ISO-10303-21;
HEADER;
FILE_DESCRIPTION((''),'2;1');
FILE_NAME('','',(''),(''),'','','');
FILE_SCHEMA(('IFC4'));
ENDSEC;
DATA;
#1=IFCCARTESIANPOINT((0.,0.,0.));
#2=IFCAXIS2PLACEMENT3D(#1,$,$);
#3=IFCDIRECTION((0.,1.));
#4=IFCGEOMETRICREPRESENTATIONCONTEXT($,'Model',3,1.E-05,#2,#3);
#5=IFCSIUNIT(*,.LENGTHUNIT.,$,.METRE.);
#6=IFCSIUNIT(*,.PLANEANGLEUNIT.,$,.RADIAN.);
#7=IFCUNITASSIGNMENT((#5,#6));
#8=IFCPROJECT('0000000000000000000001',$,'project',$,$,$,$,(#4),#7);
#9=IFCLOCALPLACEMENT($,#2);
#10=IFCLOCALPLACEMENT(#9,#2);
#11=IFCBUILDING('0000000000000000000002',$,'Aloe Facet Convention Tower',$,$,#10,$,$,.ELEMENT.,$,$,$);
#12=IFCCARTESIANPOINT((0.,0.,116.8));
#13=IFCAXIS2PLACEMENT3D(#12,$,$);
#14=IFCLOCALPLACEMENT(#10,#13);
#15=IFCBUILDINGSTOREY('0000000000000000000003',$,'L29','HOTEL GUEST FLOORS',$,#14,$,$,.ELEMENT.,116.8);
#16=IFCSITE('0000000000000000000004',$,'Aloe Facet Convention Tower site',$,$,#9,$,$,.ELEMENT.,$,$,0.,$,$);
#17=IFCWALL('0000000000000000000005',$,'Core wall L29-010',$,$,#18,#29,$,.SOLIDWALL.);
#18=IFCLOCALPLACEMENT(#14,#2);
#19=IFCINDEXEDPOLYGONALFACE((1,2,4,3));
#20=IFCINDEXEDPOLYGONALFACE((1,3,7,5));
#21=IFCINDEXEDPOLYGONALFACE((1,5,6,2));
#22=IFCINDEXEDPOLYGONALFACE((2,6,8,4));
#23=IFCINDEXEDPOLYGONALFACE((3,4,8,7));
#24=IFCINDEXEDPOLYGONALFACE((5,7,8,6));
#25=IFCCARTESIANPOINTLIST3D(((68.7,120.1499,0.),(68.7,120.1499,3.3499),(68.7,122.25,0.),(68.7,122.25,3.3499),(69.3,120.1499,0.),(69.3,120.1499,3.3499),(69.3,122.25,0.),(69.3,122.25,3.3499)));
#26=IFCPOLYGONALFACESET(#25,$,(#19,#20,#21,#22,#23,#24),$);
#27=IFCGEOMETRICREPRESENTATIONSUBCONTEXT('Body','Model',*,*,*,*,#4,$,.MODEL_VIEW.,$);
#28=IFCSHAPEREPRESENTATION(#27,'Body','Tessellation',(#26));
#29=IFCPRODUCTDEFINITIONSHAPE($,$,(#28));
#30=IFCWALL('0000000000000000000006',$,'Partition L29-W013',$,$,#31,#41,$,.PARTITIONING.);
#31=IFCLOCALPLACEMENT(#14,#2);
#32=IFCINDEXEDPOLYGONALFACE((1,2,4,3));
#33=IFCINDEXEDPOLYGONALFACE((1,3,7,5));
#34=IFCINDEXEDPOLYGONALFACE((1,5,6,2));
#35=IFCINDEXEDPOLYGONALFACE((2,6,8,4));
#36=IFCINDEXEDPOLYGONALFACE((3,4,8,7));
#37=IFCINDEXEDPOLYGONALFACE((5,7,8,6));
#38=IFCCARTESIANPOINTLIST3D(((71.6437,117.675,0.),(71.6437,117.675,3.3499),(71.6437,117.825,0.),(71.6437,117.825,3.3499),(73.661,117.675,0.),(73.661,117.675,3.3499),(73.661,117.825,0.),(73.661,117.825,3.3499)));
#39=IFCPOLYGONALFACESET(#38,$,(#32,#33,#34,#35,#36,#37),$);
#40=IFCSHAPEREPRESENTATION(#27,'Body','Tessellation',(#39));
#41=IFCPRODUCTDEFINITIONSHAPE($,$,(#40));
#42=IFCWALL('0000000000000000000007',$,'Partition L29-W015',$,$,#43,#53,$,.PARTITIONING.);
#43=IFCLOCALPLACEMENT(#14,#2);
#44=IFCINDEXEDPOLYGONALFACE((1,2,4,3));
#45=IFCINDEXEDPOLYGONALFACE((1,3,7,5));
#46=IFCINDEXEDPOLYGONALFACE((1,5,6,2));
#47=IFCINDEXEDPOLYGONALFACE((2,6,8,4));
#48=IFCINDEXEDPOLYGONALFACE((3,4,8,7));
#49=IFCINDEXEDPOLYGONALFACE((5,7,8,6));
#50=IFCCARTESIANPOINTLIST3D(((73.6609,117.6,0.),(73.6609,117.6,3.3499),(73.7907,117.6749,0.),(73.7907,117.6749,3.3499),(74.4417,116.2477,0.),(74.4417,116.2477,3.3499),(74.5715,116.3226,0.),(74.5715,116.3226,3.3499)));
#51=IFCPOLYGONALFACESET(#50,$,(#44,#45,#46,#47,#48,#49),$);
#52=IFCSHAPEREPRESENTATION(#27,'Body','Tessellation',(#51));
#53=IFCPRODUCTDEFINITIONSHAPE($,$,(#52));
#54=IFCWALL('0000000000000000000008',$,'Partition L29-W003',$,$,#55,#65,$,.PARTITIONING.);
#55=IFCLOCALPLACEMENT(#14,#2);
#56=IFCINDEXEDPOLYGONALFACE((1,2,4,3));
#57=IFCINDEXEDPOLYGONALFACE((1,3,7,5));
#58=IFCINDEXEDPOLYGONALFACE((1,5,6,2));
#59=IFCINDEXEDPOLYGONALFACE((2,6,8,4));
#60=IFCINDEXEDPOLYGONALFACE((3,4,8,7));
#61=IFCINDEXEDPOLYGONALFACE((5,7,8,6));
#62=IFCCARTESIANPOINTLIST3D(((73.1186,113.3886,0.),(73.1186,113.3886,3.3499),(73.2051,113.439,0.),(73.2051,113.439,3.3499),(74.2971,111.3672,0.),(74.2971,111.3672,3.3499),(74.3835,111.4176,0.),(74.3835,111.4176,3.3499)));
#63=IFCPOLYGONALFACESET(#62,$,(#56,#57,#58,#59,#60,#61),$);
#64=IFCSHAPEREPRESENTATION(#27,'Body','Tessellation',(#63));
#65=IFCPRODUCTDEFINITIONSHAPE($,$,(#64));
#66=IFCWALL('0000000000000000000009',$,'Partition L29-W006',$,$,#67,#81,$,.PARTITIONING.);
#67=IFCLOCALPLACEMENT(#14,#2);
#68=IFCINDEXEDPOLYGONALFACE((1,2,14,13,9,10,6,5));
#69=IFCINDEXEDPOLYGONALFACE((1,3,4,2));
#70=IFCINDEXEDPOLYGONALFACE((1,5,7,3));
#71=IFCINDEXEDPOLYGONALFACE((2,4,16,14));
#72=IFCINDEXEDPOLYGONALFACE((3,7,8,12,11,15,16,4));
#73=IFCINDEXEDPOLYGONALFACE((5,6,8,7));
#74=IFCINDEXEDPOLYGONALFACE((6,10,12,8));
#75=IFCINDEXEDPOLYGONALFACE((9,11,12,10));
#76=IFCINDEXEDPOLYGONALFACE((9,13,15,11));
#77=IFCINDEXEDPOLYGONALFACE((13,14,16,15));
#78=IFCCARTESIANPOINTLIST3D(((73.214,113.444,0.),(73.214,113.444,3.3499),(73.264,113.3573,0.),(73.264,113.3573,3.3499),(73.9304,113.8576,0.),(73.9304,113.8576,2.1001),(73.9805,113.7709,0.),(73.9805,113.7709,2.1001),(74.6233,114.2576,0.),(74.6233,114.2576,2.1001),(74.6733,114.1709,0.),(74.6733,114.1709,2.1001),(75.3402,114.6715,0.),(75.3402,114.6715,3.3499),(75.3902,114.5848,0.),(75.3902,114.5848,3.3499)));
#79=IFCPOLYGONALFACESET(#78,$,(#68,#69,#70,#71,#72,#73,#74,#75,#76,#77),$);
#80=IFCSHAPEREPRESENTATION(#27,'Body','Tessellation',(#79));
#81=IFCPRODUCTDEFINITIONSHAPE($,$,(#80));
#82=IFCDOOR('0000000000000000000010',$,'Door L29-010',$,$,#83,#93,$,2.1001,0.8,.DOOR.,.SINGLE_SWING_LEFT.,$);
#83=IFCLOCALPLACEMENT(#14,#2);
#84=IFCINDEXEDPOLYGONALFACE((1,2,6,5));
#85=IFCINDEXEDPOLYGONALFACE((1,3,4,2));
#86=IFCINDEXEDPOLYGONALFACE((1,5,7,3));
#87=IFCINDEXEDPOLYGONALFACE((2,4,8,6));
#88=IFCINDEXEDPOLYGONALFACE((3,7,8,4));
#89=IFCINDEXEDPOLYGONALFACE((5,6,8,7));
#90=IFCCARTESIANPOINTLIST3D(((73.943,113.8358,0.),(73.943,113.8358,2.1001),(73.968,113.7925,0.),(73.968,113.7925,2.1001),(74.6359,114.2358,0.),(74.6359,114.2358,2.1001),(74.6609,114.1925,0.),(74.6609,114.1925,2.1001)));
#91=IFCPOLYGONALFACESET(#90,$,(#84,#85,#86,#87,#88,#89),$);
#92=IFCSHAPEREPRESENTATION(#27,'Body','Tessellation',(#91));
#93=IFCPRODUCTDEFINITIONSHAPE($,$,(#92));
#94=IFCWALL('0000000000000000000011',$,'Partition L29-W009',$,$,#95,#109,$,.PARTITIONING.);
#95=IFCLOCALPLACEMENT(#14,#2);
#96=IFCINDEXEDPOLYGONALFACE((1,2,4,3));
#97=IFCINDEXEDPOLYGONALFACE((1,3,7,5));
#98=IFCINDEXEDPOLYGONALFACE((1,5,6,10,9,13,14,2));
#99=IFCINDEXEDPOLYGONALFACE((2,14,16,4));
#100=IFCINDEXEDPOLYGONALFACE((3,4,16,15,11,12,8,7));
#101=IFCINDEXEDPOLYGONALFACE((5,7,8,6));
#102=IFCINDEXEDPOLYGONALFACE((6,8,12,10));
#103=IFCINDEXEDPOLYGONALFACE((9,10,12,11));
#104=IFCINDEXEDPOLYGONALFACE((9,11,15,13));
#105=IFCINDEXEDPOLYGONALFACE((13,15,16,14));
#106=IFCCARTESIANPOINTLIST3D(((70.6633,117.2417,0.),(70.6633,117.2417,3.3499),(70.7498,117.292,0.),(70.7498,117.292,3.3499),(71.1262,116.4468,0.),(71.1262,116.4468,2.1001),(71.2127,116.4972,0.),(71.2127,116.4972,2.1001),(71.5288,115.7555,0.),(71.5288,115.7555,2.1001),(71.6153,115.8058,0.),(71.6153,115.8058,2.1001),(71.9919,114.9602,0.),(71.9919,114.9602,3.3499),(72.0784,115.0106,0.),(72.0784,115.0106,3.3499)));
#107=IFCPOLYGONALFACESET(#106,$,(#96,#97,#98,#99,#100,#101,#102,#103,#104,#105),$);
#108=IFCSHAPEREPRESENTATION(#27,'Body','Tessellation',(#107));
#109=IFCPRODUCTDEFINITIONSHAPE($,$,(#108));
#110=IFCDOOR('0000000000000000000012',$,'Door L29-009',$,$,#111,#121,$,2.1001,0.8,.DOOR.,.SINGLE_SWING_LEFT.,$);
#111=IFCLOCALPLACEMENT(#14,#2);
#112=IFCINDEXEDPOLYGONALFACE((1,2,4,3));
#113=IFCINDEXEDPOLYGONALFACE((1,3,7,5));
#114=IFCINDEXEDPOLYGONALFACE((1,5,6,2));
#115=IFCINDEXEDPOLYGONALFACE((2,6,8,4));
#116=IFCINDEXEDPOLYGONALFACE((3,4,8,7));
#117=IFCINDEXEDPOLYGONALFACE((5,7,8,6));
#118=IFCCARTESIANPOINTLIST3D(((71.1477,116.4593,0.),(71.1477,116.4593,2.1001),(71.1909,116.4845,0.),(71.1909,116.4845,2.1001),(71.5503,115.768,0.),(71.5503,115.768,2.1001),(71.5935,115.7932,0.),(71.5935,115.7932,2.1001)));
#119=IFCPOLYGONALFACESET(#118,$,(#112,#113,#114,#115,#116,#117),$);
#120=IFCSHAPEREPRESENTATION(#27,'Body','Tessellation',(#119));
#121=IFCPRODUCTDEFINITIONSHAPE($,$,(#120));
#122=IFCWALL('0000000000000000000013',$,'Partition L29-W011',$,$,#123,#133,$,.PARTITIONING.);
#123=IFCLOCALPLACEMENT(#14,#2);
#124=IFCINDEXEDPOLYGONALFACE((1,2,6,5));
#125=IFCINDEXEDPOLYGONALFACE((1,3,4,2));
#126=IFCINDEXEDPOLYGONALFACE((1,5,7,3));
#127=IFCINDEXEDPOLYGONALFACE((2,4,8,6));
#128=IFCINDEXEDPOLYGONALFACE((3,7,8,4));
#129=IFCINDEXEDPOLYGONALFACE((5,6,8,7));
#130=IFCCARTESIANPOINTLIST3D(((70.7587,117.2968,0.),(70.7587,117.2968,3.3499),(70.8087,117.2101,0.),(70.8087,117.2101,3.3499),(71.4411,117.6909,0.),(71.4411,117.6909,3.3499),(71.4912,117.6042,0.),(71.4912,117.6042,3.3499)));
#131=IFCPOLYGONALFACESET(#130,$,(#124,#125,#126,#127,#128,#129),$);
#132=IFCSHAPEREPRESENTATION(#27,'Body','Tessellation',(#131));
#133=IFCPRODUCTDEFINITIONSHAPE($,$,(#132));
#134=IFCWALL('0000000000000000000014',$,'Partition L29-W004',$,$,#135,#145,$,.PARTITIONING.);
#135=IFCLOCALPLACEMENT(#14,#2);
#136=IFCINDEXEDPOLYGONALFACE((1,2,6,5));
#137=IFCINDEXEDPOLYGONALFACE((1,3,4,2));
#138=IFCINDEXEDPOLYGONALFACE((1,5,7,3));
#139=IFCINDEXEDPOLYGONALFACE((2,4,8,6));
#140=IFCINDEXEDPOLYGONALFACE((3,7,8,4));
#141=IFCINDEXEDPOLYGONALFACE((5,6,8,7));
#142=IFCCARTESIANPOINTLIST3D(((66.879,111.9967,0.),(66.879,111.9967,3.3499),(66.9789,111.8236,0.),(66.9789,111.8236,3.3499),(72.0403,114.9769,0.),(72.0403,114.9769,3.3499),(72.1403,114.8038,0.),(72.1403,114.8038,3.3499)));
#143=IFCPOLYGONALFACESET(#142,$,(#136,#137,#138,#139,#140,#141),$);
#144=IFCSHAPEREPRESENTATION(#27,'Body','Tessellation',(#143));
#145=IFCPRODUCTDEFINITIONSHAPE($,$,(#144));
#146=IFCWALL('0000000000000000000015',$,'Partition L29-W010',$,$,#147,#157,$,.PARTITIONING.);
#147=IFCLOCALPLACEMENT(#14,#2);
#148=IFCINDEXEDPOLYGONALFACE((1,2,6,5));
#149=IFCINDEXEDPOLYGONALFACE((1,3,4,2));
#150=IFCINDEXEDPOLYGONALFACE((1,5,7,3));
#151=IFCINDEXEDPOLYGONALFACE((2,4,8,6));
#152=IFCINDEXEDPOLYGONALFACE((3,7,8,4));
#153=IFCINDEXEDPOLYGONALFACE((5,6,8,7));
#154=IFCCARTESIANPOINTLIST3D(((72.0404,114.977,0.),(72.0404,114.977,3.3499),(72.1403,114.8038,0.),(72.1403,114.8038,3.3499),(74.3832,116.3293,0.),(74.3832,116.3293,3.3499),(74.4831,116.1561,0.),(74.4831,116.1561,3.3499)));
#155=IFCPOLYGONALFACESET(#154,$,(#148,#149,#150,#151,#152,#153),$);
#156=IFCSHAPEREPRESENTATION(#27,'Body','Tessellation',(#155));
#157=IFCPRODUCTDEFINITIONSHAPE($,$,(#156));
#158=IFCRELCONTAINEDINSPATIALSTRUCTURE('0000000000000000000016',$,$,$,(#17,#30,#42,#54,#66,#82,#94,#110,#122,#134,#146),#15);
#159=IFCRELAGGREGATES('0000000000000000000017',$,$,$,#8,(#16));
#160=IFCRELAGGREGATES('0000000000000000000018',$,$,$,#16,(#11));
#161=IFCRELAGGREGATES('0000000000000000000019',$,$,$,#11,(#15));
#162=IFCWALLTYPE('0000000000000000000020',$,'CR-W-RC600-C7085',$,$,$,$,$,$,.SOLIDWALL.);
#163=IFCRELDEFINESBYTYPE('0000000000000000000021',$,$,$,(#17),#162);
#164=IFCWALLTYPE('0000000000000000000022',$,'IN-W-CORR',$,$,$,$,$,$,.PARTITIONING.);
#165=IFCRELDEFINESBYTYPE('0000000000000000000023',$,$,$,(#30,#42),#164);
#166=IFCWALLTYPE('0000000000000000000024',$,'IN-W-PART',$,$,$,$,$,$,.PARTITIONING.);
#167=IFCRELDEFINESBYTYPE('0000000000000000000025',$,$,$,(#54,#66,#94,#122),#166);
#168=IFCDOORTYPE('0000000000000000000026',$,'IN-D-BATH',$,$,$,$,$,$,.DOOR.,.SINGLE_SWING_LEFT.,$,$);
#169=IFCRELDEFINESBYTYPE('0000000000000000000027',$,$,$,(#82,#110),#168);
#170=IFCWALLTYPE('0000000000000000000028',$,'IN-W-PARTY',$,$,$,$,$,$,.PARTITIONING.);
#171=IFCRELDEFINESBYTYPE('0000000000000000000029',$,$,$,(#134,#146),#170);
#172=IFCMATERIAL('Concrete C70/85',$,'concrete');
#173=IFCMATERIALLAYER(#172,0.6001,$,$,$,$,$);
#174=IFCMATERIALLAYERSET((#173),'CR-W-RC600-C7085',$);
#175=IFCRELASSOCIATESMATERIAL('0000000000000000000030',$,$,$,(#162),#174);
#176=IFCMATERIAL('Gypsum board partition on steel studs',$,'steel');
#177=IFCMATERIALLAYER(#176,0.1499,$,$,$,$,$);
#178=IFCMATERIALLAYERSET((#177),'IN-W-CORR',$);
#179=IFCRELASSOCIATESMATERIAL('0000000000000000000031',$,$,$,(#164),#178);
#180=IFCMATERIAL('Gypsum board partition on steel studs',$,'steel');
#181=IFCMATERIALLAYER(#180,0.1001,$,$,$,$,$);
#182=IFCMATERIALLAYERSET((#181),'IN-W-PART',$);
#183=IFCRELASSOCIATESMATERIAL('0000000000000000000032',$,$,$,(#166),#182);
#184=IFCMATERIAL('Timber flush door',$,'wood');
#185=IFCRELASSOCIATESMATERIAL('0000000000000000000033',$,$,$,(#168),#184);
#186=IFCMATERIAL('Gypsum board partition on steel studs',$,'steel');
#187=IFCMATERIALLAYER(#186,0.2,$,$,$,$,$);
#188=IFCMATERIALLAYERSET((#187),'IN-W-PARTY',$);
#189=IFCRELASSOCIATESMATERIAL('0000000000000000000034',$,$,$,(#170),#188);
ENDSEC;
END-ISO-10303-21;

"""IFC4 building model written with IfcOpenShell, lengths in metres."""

from ifc_helpers import new_model, si_unit, direction, frame, frame_2d, origin, place, context, subcontext, project, spatial, rectangle, extrude, material, layer, layer_set, type_object, element, fill, save


model = new_model("IFC4")

# Units and contexts
model_context = context("Model", 3, precision=1e-05, world=origin(), true_north=direction((0.0, 1.0)))
body_context = subcontext(model_context, "Body", "Model", "MODEL_VIEW")
ifc_project = project(units=[si_unit("LENGTHUNIT", "METRE"), si_unit("PLANEANGLEUNIT", "RADIAN")], contexts=[model_context])

# Site, building, storey
site_placement = place(None, origin())
site = spatial("IfcSite", under=ifc_project, at=site_placement, Name="Aloe Facet Convention Tower site", CompositionType="ELEMENT", RefElevation=0.0)
building_placement = place(site_placement, origin())
building = spatial("IfcBuilding", under=site, at=building_placement, Name="Aloe Facet Convention Tower", CompositionType="ELEMENT")
storey_placement = place(building_placement, frame((0.0, 0.0, 116.8)))
storey = spatial("IfcBuildingStorey", under=building, at=storey_placement, Name="L29", Description="HOTEL GUEST FLOORS", CompositionType="ELEMENT", Elevation=116.8)

# Walls
ifc_material_1 = material(Name="Concrete C70/85", Category="concrete")
ifc_layer_1 = layer(ifc_material_1, 0.6001)
ifc_layer_set_1 = layer_set([ifc_layer_1], Name="CR-W-RC600-C7085")
wall_type_1 = type_object("IfcWallType", Name="CR-W-RC600-C7085", PredefinedType="SOLIDWALL", material=ifc_layer_set_1)
wall_1_placement = place(storey_placement, frame((69.0, 122.25, 0.0), z_axis=(0.0, 0.0, 1.0), x_axis=(0.0, -1.0, 0.0)))
element("IfcWall", 1, at=wall_1_placement, inside=storey, type_object=wall_type_1, Name="Core wall L29-010", PredefinedType="SOLIDWALL", context=body_context, shape_type="SweptSolid", body=[
    extrude(rectangle(XDim=2.1001, YDim=0.6001, at=frame_2d((1.05, 0.0))), origin(), (0.0, 0.0, 1.0), 3.3499),
])
ifc_material_2 = material(Name="Gypsum board partition on steel studs", Category="steel")
ifc_layer_2 = layer(ifc_material_2, 0.1499)
ifc_layer_set_2 = layer_set([ifc_layer_2], Name="IN-W-CORR")
wall_type_2 = type_object("IfcWallType", Name="IN-W-CORR", PredefinedType="PARTITIONING", material=ifc_layer_set_2)
wall_2_placement = place(storey_placement, frame((71.6436, 117.75, 0.0), z_axis=(0.0, 0.0, 1.0), x_axis=(1.0, 0.0, 0.0)))
element("IfcWall", 2, at=wall_2_placement, inside=storey, type_object=wall_type_2, Name="Partition L29-W013", PredefinedType="PARTITIONING", context=body_context, shape_type="SweptSolid", body=[
    extrude(rectangle(XDim=2.0173, YDim=0.1499, at=frame_2d((1.0088, 0.0))), origin(), (0.0, 0.0, 1.0), 3.3499),
])
wall_3_placement = place(storey_placement, frame((73.7258, 117.6375, 0.0), z_axis=(0.0, 0.0, 1.0), x_axis=(0.500007, -0.866022, 0.0)))
element("IfcWall", 3, at=wall_3_placement, inside=storey, type_object=wall_type_2, Name="Partition L29-W015", PredefinedType="PARTITIONING", context=body_context, shape_type="SweptSolid", body=[
    extrude(rectangle(XDim=1.5615, YDim=0.1499, at=frame_2d((0.7808, 0.0))), origin(), (0.0, 0.0, 1.0), 3.3499),
])
ifc_material_3 = material(Name="Gypsum board partition on steel studs", Category="steel")
ifc_layer_3 = layer(ifc_material_3, 0.1001)
ifc_layer_set_3 = layer_set([ifc_layer_3], Name="IN-W-PART")
wall_type_3 = type_object("IfcWallType", Name="IN-W-PART", PredefinedType="PARTITIONING", material=ifc_layer_set_3)
wall_4_placement = place(storey_placement, frame((73.1619, 113.4138, 0.0), z_axis=(0.0, 0.0, 1.0), x_axis=(0.503637, -0.863915, 0.0)))
element("IfcWall", 4, at=wall_4_placement, inside=storey, type_object=wall_type_3, Name="Partition L29-W003", PredefinedType="PARTITIONING", context=body_context, shape_type="SweptSolid", body=[
    extrude(rectangle(XDim=2.3398, YDim=0.1001, at=frame_2d((1.1699, 0.0))), origin(), (0.0, 0.0, 1.0), 3.3499),
])

# Walls, openings, doors
wall_5_placement = place(storey_placement, frame((73.239, 113.4006, 0.0), z_axis=(0.0, 0.0, 1.0), x_axis=(0.866032, 0.499989, 0.0)))
wall_5 = element("IfcWall", 5, at=wall_5_placement, inside=storey, type_object=wall_type_3, Name="Partition L29-W006", PredefinedType="PARTITIONING", context=body_context, shape_type="SweptSolid", body=[
    extrude(rectangle(XDim=2.4551, YDim=0.1001, at=frame_2d((1.2275, 0.0))), origin(), (0.0, 0.0, 1.0), 3.3499),
])
opening_1_placement = place(wall_5_placement, frame((0.8274, 0.0, 0.0)))
opening_1 = element("IfcOpeningElement", 6, at=opening_1_placement, cuts=wall_5, PredefinedType="OPENING", context=body_context, shape_type="SweptSolid", body=[
    extrude(rectangle(XDim=0.8, YDim=2.1001, at=frame_2d((0.3999, 1.05))), frame((0.0, 0.0601, 0.0), z_axis=(0.0, -1.0, 0.0), x_axis=(1.0, 0.0, 0.0)), (0.0, 0.0, 1.0), 0.1201),
])
ifc_material_4 = material(Name="Timber flush door", Category="wood")
door_type = type_object("IfcDoorType", Name="IN-D-BATH", OperationType="SINGLE_SWING_LEFT", PredefinedType="DOOR", material=ifc_material_4)
door_1_placement = place(opening_1_placement, origin())
door_1 = element("IfcDoor", 7, at=door_1_placement, inside=storey, type_object=door_type, Name="Door L29-010", OperationType="SINGLE_SWING_LEFT", OverallHeight=2.1001, OverallWidth=0.8, PredefinedType="DOOR", context=body_context, shape_type="SweptSolid", body=[
    extrude(rectangle(XDim=0.8, YDim=2.1001, at=frame_2d((0.3999, 1.05))), frame((0.0, 0.0249, 0.0), z_axis=(0.0, -1.0, 0.0), x_axis=(1.0, 0.0, 0.0)), (0.0, 0.0, 1.0), 0.05),
])
fill(opening_1, door_1)
wall_6_placement = place(storey_placement, frame((70.7065, 117.2668, 0.0), z_axis=(0.0, 0.0, 1.0), x_axis=(0.503233, -0.864151, 0.0)))
wall_6 = element("IfcWall", 8, at=wall_6_placement, inside=storey, type_object=wall_type_3, Name="Partition L29-W009", PredefinedType="PARTITIONING", context=body_context, shape_type="SweptSolid", body=[
    extrude(rectangle(XDim=2.6401, YDim=0.1001, at=frame_2d((1.3201, 0.0))), origin(), (0.0, 0.0, 1.0), 3.3499),
])
opening_2_placement = place(wall_6_placement, frame((0.9199, 0.0, 0.0)))
opening_2 = element("IfcOpeningElement", 9, at=opening_2_placement, cuts=wall_6, PredefinedType="OPENING", context=body_context, shape_type="SweptSolid", body=[
    extrude(rectangle(XDim=0.8, YDim=2.1001, at=frame_2d((0.3999, 1.05))), frame((0.0, 0.0601, 0.0), z_axis=(0.0, -1.0, 0.0), x_axis=(1.0, 0.0, 0.0)), (0.0, 0.0, 1.0), 0.1201),
])
door_2_placement = place(opening_2_placement, origin())
door_2 = element("IfcDoor", 10, at=door_2_placement, inside=storey, type_object=door_type, Name="Door L29-009", OperationType="SINGLE_SWING_LEFT", OverallHeight=2.1001, OverallWidth=0.8, PredefinedType="DOOR", context=body_context, shape_type="SweptSolid", body=[
    extrude(rectangle(XDim=0.8, YDim=2.1001, at=frame_2d((0.3999, 1.05))), frame((0.0, 0.0249, 0.0), z_axis=(0.0, -1.0, 0.0), x_axis=(1.0, 0.0, 0.0)), (0.0, 0.0, 1.0), 0.05),
])
fill(opening_2, door_2)

# Walls
wall_7_placement = place(storey_placement, frame((70.7837, 117.2534, 0.0), z_axis=(0.0, 0.0, 1.0), x_axis=(0.865984, 0.500071, 0.0)))
element("IfcWall", 11, at=wall_7_placement, inside=storey, type_object=wall_type_3, Name="Partition L29-W011", PredefinedType="PARTITIONING", context=body_context, shape_type="SweptSolid", body=[
    extrude(rectangle(XDim=0.7881, YDim=0.1001, at=frame_2d((0.394, 0.0))), origin(), (0.0, 0.0, 1.0), 3.3499),
])
ifc_material_5 = material(Name="Gypsum board partition on steel studs", Category="steel")
ifc_layer_4 = layer(ifc_material_5, 0.2)
ifc_layer_set_4 = layer_set([ifc_layer_4], Name="IN-W-PARTY")
wall_type_4 = type_object("IfcWallType", Name="IN-W-PARTY", PredefinedType="PARTITIONING", material=ifc_layer_set_4)
wall_8_placement = place(storey_placement, frame((66.929, 111.9102, 0.0), z_axis=(0.0, 0.0, 1.0), x_axis=(0.866003, 0.500038, 0.0)))
element("IfcWall", 12, at=wall_8_placement, inside=storey, type_object=wall_type_4, Name="Partition L29-W004", PredefinedType="PARTITIONING", context=body_context, shape_type="SweptSolid", body=[
    extrude(rectangle(XDim=5.96, YDim=0.2, at=frame_2d((2.98, 0.0))), origin(), (0.0, 0.0, 1.0), 3.3499),
])
wall_9_placement = place(storey_placement, frame((72.0903, 114.8904, 0.0), z_axis=(0.0, 0.0, 1.0), x_axis=(0.866074, 0.499915, 0.0)))
element("IfcWall", 13, at=wall_9_placement, inside=storey, type_object=wall_type_4, Name="Partition L29-W010", PredefinedType="PARTITIONING", context=body_context, shape_type="SweptSolid", body=[
    extrude(rectangle(XDim=2.7051, YDim=0.2, at=frame_2d((1.3525, 0.0))), origin(), (0.0, 0.0, 1.0), 3.3499),
])

save(model, "model.ifc")
